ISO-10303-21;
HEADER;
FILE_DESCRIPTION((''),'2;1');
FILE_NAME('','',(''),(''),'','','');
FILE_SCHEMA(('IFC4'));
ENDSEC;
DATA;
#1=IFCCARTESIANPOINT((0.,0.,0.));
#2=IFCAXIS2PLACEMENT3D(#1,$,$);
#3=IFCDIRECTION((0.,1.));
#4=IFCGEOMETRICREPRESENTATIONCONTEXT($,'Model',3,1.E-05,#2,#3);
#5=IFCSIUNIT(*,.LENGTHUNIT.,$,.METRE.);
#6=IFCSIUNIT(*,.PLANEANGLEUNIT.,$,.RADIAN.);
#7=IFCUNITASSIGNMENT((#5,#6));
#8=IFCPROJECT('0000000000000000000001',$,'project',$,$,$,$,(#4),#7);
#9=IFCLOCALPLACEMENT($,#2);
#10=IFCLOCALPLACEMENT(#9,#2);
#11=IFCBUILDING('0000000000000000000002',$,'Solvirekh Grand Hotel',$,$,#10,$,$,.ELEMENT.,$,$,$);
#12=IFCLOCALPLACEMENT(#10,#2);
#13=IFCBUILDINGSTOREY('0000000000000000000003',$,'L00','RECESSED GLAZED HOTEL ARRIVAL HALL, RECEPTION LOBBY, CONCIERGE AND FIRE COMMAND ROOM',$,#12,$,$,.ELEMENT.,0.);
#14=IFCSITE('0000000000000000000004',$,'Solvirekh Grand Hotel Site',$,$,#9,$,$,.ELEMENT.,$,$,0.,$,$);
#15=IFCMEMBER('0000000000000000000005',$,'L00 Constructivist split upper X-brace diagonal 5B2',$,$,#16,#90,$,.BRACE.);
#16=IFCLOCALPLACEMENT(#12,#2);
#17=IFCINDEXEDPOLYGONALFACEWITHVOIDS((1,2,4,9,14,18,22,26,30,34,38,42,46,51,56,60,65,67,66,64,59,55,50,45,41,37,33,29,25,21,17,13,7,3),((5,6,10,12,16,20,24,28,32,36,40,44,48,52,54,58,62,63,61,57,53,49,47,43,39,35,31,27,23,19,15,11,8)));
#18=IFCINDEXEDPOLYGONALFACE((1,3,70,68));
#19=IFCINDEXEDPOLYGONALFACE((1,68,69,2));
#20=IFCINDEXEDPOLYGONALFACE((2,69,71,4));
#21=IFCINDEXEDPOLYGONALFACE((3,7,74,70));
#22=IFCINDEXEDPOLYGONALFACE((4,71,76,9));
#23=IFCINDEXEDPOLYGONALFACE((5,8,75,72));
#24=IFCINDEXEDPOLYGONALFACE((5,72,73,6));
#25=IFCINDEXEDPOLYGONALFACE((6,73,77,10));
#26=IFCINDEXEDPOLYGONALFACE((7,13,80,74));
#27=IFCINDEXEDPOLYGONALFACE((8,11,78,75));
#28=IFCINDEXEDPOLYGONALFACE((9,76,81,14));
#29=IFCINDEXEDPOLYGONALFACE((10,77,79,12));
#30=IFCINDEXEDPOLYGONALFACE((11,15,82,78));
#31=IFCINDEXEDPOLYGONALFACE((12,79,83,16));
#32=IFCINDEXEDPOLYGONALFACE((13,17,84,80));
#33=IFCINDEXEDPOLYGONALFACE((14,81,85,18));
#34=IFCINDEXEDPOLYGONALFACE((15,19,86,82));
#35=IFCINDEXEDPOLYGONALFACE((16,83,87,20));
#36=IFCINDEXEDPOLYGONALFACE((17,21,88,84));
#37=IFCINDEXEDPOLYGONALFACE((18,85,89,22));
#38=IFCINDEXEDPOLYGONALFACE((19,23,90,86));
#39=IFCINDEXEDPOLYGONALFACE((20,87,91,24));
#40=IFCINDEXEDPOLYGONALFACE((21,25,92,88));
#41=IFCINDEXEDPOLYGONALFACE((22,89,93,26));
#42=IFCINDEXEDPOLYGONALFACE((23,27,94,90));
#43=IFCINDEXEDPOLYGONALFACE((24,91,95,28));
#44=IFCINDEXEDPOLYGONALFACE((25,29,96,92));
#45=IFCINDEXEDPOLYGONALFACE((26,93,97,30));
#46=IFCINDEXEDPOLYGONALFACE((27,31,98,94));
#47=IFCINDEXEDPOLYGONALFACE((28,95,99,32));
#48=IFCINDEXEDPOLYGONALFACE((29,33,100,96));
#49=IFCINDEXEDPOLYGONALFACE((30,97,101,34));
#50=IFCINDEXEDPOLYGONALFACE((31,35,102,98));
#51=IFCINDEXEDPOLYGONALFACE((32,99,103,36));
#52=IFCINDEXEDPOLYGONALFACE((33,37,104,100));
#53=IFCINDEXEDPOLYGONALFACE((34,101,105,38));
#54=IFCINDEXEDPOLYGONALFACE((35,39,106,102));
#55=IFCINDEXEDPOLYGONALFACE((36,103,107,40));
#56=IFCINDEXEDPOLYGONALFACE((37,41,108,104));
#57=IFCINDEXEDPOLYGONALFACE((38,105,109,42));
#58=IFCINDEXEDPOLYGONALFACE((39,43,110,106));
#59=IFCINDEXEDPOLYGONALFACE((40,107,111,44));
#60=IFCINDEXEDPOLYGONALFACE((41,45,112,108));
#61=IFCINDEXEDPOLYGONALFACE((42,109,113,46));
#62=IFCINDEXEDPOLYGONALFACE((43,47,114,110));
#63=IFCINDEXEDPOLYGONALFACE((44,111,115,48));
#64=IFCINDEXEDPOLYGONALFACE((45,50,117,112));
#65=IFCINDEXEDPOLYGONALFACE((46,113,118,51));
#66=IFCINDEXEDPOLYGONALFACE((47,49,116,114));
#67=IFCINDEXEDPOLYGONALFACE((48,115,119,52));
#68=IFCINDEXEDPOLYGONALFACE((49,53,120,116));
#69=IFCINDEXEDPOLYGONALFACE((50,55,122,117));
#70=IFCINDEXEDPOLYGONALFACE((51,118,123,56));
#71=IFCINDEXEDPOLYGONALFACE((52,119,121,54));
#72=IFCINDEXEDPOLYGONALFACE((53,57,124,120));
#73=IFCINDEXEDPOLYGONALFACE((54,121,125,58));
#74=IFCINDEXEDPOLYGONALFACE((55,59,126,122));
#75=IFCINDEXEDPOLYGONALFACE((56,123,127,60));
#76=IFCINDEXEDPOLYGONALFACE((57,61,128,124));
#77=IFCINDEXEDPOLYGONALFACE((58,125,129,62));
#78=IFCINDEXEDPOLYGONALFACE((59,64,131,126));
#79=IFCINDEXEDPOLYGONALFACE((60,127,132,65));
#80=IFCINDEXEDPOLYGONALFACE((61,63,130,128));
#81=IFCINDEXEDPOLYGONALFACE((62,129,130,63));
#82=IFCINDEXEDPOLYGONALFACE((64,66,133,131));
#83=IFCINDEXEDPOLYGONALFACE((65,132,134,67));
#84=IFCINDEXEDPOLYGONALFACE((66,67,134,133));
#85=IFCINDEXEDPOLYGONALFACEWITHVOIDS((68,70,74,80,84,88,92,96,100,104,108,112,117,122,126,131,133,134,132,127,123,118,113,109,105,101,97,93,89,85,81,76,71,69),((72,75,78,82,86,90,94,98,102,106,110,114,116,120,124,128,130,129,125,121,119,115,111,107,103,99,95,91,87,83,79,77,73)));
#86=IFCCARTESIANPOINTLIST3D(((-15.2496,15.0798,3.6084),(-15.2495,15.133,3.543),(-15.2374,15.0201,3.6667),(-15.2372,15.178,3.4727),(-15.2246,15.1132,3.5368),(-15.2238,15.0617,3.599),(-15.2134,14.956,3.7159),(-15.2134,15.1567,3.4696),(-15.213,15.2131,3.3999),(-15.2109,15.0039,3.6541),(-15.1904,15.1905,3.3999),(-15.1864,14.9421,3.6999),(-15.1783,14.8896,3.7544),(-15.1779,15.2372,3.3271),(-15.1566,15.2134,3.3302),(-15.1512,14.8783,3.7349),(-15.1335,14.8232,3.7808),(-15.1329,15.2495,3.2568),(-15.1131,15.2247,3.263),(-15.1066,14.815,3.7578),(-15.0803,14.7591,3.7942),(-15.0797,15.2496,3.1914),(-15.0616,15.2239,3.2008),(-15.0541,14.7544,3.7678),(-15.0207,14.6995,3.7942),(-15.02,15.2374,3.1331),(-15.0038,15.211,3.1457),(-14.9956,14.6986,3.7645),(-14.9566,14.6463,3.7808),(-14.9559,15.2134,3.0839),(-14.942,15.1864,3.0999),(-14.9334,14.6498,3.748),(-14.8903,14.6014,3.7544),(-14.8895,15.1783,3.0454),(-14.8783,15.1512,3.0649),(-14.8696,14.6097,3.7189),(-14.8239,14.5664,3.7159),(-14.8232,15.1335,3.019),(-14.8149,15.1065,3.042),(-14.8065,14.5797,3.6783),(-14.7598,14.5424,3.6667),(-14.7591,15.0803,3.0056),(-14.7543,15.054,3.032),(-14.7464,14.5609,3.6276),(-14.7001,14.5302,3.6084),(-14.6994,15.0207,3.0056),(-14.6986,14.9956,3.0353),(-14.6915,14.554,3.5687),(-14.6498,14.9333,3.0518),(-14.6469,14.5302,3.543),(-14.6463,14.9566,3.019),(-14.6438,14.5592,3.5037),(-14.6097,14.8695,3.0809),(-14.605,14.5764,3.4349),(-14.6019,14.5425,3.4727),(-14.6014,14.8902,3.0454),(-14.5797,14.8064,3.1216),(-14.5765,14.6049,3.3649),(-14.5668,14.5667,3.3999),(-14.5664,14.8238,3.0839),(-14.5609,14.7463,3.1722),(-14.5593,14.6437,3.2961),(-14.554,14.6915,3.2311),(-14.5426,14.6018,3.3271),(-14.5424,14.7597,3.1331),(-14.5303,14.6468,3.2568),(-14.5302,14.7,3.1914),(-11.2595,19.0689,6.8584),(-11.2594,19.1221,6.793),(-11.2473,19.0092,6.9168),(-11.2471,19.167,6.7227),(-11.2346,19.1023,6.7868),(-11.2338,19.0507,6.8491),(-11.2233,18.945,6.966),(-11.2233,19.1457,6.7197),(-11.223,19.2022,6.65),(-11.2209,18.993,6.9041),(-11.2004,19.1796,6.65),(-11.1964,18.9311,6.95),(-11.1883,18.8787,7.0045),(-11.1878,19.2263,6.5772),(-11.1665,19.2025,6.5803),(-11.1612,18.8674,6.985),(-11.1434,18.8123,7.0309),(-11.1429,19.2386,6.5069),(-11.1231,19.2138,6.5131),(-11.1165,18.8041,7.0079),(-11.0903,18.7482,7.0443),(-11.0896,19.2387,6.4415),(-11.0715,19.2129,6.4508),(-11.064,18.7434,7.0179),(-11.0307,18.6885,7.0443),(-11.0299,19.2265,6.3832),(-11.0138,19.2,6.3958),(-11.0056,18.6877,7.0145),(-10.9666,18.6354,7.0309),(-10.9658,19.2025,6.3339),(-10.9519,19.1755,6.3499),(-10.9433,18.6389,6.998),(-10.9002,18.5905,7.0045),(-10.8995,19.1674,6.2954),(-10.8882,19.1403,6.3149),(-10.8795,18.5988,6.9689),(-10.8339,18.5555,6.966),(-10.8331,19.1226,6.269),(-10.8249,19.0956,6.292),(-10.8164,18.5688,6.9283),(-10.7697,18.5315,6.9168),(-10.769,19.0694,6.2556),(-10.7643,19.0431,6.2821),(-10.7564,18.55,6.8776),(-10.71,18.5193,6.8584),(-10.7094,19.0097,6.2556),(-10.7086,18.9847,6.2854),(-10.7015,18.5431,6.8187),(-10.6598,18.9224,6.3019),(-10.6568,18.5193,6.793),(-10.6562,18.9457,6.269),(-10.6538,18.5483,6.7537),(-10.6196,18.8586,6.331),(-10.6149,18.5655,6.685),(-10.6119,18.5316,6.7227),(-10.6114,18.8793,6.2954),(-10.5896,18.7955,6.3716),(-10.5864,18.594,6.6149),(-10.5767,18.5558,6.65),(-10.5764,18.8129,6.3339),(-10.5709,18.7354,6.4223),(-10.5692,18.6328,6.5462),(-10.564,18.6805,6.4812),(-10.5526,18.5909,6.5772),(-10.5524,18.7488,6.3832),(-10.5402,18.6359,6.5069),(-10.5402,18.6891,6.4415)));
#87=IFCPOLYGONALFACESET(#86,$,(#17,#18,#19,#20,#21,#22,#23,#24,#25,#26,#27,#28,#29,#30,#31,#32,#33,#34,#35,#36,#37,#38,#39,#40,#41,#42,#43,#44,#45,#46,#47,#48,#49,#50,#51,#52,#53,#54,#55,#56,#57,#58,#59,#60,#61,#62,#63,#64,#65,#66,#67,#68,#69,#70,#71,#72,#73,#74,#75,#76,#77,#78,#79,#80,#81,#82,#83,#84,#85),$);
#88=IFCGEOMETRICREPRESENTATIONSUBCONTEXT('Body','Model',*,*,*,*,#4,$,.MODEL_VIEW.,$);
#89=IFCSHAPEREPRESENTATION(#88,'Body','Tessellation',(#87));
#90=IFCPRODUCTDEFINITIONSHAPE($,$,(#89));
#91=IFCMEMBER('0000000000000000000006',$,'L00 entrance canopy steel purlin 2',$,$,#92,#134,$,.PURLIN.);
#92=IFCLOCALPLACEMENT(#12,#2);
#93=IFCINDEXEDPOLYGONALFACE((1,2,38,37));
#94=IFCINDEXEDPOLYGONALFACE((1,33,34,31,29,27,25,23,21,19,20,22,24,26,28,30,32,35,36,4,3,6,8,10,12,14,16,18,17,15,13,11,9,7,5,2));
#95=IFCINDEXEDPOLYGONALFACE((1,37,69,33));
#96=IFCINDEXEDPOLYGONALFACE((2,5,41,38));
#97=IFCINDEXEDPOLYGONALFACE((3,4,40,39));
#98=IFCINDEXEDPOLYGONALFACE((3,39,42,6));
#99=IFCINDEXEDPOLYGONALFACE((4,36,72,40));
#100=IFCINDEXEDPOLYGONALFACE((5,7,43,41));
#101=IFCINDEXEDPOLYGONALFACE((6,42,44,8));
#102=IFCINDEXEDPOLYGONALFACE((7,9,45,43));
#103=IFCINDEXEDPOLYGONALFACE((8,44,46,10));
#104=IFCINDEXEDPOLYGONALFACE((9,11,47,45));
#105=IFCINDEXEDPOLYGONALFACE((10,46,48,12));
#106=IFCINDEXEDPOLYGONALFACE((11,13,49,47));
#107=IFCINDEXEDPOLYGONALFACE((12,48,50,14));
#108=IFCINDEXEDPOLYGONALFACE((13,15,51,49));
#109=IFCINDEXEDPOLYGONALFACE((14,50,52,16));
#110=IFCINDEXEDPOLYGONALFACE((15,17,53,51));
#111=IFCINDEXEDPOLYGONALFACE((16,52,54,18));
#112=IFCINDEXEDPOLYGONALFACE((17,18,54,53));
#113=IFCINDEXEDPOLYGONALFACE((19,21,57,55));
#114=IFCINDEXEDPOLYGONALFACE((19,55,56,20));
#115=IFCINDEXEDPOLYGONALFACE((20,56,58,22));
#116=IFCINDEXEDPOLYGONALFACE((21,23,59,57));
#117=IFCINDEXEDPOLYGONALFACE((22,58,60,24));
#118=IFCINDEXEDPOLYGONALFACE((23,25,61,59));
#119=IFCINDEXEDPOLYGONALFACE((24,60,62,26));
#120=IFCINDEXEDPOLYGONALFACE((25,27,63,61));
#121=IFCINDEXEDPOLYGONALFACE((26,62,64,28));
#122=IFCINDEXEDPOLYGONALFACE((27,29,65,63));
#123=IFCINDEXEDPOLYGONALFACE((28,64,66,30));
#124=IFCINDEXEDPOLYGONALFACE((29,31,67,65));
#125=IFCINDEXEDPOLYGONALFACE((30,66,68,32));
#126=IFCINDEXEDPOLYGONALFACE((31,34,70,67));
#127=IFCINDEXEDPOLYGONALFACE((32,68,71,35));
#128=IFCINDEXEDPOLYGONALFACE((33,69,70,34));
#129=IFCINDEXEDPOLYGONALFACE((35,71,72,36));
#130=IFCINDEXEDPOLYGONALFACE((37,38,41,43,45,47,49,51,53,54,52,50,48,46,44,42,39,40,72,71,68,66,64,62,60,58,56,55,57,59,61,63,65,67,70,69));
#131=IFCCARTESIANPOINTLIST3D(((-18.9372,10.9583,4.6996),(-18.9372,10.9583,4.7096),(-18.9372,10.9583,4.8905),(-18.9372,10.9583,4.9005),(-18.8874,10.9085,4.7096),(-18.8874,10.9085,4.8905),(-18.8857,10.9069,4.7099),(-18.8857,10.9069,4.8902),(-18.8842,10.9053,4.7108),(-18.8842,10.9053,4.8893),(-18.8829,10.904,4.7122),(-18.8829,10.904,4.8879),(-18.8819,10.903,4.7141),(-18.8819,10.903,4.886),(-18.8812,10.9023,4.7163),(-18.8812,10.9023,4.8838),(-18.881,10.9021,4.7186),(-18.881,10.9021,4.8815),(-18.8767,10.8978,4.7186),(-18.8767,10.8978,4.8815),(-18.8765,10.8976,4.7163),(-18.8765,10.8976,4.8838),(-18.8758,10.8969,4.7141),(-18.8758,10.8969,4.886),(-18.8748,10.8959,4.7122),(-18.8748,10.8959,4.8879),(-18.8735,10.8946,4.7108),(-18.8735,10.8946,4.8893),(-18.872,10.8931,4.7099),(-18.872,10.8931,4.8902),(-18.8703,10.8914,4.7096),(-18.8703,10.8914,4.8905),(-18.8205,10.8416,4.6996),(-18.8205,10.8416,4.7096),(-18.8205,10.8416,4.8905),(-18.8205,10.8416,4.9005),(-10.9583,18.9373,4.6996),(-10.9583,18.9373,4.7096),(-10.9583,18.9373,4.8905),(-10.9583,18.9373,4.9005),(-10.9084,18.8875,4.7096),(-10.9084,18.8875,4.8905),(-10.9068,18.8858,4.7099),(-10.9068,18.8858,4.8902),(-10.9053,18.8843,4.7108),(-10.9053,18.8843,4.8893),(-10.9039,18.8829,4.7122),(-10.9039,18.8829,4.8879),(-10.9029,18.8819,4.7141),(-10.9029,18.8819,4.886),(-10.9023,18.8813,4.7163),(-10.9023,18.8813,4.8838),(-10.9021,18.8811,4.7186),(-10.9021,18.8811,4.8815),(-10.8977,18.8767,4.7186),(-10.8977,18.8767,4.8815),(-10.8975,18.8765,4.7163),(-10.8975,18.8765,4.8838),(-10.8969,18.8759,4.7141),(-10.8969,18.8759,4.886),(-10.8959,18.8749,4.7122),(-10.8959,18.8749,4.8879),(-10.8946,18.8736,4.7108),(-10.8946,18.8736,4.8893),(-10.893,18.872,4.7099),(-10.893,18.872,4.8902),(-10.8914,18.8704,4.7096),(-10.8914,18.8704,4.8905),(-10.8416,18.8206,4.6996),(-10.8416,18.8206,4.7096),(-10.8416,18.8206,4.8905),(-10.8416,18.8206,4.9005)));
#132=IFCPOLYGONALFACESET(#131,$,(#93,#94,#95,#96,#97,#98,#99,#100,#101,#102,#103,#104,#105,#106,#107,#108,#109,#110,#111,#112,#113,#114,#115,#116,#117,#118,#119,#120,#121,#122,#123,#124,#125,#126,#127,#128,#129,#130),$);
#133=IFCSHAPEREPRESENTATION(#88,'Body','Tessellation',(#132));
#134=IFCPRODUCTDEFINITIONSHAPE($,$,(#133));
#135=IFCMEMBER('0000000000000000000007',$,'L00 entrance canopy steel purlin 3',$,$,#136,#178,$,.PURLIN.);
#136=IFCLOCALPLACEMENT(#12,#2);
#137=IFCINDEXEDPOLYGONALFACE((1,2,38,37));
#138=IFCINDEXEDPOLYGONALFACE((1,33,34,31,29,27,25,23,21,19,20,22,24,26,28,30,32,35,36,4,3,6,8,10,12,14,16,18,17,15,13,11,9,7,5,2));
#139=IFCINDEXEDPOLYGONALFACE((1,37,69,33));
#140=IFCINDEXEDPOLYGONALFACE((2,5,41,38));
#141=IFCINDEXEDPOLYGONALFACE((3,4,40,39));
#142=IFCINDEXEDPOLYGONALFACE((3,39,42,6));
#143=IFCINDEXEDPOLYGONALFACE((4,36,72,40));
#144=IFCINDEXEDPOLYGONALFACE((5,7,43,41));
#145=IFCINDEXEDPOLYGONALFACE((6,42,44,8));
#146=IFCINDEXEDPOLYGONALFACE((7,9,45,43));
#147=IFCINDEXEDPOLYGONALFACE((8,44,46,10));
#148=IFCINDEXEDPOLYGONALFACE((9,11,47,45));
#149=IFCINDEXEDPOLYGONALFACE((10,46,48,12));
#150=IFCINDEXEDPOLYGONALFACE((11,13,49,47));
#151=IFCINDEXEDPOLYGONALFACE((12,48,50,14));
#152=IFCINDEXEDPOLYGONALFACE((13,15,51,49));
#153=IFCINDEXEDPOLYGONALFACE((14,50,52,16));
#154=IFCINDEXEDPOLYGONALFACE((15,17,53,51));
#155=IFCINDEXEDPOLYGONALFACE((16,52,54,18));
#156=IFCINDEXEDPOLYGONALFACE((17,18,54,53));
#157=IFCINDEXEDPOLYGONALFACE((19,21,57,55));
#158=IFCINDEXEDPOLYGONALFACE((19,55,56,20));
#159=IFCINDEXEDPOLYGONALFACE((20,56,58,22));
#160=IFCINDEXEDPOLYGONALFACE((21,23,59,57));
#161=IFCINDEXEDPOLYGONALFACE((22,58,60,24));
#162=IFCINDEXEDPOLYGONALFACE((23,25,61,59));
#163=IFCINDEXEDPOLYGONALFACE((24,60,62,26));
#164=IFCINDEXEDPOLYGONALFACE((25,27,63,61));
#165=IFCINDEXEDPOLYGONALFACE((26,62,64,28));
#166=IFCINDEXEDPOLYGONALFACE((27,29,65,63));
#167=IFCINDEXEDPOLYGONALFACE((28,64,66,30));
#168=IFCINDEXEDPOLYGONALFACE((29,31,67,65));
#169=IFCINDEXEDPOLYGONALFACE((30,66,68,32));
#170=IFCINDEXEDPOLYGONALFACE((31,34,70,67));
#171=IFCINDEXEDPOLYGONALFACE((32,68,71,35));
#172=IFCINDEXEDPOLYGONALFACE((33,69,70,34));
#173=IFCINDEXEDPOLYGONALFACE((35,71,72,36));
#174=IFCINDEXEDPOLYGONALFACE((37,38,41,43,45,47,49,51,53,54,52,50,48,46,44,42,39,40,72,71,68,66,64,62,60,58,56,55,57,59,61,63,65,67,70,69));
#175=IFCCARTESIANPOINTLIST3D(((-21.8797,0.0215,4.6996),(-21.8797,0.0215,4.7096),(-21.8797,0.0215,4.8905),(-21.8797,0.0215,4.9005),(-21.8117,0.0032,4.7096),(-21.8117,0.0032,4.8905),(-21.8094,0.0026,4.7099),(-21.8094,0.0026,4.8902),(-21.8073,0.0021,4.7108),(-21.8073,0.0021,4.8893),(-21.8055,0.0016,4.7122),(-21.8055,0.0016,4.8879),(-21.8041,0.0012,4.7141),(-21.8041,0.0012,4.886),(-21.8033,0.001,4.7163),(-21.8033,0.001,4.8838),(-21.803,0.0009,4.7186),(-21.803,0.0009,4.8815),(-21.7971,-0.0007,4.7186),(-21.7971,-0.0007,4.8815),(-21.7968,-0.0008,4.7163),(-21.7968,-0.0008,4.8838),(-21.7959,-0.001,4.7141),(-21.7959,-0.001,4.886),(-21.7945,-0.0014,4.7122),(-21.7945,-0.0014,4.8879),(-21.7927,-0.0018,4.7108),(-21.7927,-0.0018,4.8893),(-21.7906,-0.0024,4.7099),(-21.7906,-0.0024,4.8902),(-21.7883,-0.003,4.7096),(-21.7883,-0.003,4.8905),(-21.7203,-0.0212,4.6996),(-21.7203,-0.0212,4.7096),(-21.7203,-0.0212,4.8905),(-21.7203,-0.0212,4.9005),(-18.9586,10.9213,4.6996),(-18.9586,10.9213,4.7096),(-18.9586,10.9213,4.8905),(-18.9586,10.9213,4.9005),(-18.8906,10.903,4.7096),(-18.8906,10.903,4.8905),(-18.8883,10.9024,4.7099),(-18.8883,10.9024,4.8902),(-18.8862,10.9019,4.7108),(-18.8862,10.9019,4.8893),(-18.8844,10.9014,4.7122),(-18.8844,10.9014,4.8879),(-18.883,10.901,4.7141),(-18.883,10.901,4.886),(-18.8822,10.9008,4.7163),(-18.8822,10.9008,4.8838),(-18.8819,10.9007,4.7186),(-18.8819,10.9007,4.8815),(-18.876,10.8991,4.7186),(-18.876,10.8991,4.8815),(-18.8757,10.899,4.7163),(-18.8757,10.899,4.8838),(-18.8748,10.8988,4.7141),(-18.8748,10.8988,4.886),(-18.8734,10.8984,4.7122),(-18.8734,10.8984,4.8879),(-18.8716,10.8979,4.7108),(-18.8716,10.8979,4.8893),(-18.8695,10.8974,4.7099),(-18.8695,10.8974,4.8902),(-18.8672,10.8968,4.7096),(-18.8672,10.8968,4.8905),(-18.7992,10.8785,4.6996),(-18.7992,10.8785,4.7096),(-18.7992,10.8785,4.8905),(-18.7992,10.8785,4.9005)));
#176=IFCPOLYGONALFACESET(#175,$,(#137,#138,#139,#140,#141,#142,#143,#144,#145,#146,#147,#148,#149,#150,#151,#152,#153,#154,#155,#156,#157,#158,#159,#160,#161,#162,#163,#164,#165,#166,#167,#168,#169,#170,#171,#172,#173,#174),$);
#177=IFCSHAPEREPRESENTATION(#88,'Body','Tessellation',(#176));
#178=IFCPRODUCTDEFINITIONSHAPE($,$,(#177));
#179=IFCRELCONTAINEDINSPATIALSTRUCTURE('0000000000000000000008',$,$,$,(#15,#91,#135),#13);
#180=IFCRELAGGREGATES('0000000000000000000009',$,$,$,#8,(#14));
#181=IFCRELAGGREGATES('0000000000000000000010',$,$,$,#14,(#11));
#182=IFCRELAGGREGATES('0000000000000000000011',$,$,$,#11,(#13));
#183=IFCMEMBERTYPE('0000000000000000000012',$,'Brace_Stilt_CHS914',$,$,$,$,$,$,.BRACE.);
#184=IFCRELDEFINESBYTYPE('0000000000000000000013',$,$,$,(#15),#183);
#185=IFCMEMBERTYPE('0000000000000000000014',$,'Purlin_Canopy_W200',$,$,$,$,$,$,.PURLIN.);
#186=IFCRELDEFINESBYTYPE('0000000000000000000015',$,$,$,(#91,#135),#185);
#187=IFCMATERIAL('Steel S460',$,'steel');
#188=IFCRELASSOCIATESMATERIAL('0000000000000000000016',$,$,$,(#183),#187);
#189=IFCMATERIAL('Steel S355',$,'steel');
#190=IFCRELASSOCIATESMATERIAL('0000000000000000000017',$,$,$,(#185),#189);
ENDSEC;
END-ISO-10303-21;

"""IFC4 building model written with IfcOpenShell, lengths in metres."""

from ifc_helpers import new_model, si_unit, direction, frame, origin, origin_2d, place, context, subcontext, project, spatial, hollow_circle, i_section, extrude, material, material_profile, profile_set, type_object, element, save


model = new_model("IFC4")

# Units and contexts
model_context = context("Model", 3, precision=1e-05, world=origin(), true_north=direction((0.0, 1.0)))
body_context = subcontext(model_context, "Body", "Model", "MODEL_VIEW")
ifc_project = project(units=[si_unit("LENGTHUNIT", "METRE"), si_unit("PLANEANGLEUNIT", "RADIAN")], contexts=[model_context])

# Site, building, storey
site_placement = place(None, origin())
site = spatial("IfcSite", under=ifc_project, at=site_placement, Name="Solvirekh Grand Hotel Site", CompositionType="ELEMENT", RefElevation=0.0)
building_placement = place(site_placement, origin())
building = spatial("IfcBuilding", under=site, at=building_placement, Name="Solvirekh Grand Hotel", CompositionType="ELEMENT")
storey_placement = place(building_placement, origin())
storey = spatial("IfcBuildingStorey", under=building, at=storey_placement, Name="L00", Description="RECESSED GLAZED HOTEL ARRIVAL HALL, RECEPTION LOBBY, CONCIERGE AND FIRE COMMAND ROOM", CompositionType="ELEMENT", Elevation=0.0)

# Members
ifc_material_1 = material(Name="Steel S460", Category="steel")
ifc_material_profile_1 = material_profile(ifc_material_1, hollow_circle(Radius=0.457, WallThickness=0.032, at=origin_2d()), Name="CHS 914X32")
ifc_profile_set_1 = profile_set([ifc_material_profile_1], Name="Steel S460")
member_type_1 = type_object("IfcMemberType", Name="Brace_Stilt_CHS914", PredefinedType="BRACE", material=ifc_profile_set_1)
for number, where, z_axis, x_axis, name in (
    (1, (-14.8899, 14.8899, 3.3999), (0.612796, 0.612646, 0.499146), (-0.70702, 0.707193, 0.0), "L00 Constructivist split upper X-brace diagonal 5B2"),
):
    element("IfcMember", number, at=place(storey_placement, frame(where, z_axis=z_axis, x_axis=x_axis)), inside=storey, type_object=member_type_1, Name=name, PredefinedType="BRACE", context=body_context, shape_type="SweptSolid", body=[
        extrude(hollow_circle(Radius=0.457, WallThickness=0.032, at=origin_2d()), origin(), (0.0, 0.0, 1.0), 6.5112),
    ])
ifc_material_2 = material(Name="Steel S355", Category="steel")
ifc_material_profile_2 = material_profile(ifc_material_2, i_section(OverallWidth=0.165, OverallDepth=0.2009, WebThickness=0.0061, FlangeThickness=0.01, FilletRadius=0.009, at=origin_2d()), Name="W200X36")
ifc_profile_set_2 = profile_set([ifc_material_profile_2], Name="Steel S355")
member_type_2 = type_object("IfcMemberType", Name="Purlin_Canopy_W200", PredefinedType="PURLIN", material=ifc_profile_set_2)
member_1_placement = place(storey_placement, frame((-10.8999, 18.8789, 4.8), z_axis=(-0.707107, -0.707107, 0.0), x_axis=(0.707107, -0.707107, 0.0)))
element("IfcMember", 2, at=member_1_placement, inside=storey, type_object=member_type_2, Name="L00 entrance canopy steel purlin 2", PredefinedType="PURLIN", context=body_context, shape_type="SweptSolid", body=[
    extrude(i_section(OverallWidth=0.165, OverallDepth=0.2009, WebThickness=0.0061, FlangeThickness=0.01, FilletRadius=0.009, at=origin_2d()), origin(), (0.0, 0.0, 1.0), 11.2839),
])
member_2_placement = place(storey_placement, frame((-18.8789, 10.8999, 4.8), z_axis=(-0.258862, -0.965914, 0.0), x_axis=(0.965914, -0.258862, 0.0)))
element("IfcMember", 3, at=member_2_placement, inside=storey, type_object=member_type_2, Name="L00 entrance canopy steel purlin 3", PredefinedType="PURLIN", context=body_context, shape_type="SweptSolid", body=[
    extrude(i_section(OverallWidth=0.165, OverallDepth=0.2009, WebThickness=0.0061, FlangeThickness=0.01, FilletRadius=0.009, at=origin_2d()), origin(), (0.0, 0.0, 1.0), 11.2844),
])

save(model, "model.ifc")
